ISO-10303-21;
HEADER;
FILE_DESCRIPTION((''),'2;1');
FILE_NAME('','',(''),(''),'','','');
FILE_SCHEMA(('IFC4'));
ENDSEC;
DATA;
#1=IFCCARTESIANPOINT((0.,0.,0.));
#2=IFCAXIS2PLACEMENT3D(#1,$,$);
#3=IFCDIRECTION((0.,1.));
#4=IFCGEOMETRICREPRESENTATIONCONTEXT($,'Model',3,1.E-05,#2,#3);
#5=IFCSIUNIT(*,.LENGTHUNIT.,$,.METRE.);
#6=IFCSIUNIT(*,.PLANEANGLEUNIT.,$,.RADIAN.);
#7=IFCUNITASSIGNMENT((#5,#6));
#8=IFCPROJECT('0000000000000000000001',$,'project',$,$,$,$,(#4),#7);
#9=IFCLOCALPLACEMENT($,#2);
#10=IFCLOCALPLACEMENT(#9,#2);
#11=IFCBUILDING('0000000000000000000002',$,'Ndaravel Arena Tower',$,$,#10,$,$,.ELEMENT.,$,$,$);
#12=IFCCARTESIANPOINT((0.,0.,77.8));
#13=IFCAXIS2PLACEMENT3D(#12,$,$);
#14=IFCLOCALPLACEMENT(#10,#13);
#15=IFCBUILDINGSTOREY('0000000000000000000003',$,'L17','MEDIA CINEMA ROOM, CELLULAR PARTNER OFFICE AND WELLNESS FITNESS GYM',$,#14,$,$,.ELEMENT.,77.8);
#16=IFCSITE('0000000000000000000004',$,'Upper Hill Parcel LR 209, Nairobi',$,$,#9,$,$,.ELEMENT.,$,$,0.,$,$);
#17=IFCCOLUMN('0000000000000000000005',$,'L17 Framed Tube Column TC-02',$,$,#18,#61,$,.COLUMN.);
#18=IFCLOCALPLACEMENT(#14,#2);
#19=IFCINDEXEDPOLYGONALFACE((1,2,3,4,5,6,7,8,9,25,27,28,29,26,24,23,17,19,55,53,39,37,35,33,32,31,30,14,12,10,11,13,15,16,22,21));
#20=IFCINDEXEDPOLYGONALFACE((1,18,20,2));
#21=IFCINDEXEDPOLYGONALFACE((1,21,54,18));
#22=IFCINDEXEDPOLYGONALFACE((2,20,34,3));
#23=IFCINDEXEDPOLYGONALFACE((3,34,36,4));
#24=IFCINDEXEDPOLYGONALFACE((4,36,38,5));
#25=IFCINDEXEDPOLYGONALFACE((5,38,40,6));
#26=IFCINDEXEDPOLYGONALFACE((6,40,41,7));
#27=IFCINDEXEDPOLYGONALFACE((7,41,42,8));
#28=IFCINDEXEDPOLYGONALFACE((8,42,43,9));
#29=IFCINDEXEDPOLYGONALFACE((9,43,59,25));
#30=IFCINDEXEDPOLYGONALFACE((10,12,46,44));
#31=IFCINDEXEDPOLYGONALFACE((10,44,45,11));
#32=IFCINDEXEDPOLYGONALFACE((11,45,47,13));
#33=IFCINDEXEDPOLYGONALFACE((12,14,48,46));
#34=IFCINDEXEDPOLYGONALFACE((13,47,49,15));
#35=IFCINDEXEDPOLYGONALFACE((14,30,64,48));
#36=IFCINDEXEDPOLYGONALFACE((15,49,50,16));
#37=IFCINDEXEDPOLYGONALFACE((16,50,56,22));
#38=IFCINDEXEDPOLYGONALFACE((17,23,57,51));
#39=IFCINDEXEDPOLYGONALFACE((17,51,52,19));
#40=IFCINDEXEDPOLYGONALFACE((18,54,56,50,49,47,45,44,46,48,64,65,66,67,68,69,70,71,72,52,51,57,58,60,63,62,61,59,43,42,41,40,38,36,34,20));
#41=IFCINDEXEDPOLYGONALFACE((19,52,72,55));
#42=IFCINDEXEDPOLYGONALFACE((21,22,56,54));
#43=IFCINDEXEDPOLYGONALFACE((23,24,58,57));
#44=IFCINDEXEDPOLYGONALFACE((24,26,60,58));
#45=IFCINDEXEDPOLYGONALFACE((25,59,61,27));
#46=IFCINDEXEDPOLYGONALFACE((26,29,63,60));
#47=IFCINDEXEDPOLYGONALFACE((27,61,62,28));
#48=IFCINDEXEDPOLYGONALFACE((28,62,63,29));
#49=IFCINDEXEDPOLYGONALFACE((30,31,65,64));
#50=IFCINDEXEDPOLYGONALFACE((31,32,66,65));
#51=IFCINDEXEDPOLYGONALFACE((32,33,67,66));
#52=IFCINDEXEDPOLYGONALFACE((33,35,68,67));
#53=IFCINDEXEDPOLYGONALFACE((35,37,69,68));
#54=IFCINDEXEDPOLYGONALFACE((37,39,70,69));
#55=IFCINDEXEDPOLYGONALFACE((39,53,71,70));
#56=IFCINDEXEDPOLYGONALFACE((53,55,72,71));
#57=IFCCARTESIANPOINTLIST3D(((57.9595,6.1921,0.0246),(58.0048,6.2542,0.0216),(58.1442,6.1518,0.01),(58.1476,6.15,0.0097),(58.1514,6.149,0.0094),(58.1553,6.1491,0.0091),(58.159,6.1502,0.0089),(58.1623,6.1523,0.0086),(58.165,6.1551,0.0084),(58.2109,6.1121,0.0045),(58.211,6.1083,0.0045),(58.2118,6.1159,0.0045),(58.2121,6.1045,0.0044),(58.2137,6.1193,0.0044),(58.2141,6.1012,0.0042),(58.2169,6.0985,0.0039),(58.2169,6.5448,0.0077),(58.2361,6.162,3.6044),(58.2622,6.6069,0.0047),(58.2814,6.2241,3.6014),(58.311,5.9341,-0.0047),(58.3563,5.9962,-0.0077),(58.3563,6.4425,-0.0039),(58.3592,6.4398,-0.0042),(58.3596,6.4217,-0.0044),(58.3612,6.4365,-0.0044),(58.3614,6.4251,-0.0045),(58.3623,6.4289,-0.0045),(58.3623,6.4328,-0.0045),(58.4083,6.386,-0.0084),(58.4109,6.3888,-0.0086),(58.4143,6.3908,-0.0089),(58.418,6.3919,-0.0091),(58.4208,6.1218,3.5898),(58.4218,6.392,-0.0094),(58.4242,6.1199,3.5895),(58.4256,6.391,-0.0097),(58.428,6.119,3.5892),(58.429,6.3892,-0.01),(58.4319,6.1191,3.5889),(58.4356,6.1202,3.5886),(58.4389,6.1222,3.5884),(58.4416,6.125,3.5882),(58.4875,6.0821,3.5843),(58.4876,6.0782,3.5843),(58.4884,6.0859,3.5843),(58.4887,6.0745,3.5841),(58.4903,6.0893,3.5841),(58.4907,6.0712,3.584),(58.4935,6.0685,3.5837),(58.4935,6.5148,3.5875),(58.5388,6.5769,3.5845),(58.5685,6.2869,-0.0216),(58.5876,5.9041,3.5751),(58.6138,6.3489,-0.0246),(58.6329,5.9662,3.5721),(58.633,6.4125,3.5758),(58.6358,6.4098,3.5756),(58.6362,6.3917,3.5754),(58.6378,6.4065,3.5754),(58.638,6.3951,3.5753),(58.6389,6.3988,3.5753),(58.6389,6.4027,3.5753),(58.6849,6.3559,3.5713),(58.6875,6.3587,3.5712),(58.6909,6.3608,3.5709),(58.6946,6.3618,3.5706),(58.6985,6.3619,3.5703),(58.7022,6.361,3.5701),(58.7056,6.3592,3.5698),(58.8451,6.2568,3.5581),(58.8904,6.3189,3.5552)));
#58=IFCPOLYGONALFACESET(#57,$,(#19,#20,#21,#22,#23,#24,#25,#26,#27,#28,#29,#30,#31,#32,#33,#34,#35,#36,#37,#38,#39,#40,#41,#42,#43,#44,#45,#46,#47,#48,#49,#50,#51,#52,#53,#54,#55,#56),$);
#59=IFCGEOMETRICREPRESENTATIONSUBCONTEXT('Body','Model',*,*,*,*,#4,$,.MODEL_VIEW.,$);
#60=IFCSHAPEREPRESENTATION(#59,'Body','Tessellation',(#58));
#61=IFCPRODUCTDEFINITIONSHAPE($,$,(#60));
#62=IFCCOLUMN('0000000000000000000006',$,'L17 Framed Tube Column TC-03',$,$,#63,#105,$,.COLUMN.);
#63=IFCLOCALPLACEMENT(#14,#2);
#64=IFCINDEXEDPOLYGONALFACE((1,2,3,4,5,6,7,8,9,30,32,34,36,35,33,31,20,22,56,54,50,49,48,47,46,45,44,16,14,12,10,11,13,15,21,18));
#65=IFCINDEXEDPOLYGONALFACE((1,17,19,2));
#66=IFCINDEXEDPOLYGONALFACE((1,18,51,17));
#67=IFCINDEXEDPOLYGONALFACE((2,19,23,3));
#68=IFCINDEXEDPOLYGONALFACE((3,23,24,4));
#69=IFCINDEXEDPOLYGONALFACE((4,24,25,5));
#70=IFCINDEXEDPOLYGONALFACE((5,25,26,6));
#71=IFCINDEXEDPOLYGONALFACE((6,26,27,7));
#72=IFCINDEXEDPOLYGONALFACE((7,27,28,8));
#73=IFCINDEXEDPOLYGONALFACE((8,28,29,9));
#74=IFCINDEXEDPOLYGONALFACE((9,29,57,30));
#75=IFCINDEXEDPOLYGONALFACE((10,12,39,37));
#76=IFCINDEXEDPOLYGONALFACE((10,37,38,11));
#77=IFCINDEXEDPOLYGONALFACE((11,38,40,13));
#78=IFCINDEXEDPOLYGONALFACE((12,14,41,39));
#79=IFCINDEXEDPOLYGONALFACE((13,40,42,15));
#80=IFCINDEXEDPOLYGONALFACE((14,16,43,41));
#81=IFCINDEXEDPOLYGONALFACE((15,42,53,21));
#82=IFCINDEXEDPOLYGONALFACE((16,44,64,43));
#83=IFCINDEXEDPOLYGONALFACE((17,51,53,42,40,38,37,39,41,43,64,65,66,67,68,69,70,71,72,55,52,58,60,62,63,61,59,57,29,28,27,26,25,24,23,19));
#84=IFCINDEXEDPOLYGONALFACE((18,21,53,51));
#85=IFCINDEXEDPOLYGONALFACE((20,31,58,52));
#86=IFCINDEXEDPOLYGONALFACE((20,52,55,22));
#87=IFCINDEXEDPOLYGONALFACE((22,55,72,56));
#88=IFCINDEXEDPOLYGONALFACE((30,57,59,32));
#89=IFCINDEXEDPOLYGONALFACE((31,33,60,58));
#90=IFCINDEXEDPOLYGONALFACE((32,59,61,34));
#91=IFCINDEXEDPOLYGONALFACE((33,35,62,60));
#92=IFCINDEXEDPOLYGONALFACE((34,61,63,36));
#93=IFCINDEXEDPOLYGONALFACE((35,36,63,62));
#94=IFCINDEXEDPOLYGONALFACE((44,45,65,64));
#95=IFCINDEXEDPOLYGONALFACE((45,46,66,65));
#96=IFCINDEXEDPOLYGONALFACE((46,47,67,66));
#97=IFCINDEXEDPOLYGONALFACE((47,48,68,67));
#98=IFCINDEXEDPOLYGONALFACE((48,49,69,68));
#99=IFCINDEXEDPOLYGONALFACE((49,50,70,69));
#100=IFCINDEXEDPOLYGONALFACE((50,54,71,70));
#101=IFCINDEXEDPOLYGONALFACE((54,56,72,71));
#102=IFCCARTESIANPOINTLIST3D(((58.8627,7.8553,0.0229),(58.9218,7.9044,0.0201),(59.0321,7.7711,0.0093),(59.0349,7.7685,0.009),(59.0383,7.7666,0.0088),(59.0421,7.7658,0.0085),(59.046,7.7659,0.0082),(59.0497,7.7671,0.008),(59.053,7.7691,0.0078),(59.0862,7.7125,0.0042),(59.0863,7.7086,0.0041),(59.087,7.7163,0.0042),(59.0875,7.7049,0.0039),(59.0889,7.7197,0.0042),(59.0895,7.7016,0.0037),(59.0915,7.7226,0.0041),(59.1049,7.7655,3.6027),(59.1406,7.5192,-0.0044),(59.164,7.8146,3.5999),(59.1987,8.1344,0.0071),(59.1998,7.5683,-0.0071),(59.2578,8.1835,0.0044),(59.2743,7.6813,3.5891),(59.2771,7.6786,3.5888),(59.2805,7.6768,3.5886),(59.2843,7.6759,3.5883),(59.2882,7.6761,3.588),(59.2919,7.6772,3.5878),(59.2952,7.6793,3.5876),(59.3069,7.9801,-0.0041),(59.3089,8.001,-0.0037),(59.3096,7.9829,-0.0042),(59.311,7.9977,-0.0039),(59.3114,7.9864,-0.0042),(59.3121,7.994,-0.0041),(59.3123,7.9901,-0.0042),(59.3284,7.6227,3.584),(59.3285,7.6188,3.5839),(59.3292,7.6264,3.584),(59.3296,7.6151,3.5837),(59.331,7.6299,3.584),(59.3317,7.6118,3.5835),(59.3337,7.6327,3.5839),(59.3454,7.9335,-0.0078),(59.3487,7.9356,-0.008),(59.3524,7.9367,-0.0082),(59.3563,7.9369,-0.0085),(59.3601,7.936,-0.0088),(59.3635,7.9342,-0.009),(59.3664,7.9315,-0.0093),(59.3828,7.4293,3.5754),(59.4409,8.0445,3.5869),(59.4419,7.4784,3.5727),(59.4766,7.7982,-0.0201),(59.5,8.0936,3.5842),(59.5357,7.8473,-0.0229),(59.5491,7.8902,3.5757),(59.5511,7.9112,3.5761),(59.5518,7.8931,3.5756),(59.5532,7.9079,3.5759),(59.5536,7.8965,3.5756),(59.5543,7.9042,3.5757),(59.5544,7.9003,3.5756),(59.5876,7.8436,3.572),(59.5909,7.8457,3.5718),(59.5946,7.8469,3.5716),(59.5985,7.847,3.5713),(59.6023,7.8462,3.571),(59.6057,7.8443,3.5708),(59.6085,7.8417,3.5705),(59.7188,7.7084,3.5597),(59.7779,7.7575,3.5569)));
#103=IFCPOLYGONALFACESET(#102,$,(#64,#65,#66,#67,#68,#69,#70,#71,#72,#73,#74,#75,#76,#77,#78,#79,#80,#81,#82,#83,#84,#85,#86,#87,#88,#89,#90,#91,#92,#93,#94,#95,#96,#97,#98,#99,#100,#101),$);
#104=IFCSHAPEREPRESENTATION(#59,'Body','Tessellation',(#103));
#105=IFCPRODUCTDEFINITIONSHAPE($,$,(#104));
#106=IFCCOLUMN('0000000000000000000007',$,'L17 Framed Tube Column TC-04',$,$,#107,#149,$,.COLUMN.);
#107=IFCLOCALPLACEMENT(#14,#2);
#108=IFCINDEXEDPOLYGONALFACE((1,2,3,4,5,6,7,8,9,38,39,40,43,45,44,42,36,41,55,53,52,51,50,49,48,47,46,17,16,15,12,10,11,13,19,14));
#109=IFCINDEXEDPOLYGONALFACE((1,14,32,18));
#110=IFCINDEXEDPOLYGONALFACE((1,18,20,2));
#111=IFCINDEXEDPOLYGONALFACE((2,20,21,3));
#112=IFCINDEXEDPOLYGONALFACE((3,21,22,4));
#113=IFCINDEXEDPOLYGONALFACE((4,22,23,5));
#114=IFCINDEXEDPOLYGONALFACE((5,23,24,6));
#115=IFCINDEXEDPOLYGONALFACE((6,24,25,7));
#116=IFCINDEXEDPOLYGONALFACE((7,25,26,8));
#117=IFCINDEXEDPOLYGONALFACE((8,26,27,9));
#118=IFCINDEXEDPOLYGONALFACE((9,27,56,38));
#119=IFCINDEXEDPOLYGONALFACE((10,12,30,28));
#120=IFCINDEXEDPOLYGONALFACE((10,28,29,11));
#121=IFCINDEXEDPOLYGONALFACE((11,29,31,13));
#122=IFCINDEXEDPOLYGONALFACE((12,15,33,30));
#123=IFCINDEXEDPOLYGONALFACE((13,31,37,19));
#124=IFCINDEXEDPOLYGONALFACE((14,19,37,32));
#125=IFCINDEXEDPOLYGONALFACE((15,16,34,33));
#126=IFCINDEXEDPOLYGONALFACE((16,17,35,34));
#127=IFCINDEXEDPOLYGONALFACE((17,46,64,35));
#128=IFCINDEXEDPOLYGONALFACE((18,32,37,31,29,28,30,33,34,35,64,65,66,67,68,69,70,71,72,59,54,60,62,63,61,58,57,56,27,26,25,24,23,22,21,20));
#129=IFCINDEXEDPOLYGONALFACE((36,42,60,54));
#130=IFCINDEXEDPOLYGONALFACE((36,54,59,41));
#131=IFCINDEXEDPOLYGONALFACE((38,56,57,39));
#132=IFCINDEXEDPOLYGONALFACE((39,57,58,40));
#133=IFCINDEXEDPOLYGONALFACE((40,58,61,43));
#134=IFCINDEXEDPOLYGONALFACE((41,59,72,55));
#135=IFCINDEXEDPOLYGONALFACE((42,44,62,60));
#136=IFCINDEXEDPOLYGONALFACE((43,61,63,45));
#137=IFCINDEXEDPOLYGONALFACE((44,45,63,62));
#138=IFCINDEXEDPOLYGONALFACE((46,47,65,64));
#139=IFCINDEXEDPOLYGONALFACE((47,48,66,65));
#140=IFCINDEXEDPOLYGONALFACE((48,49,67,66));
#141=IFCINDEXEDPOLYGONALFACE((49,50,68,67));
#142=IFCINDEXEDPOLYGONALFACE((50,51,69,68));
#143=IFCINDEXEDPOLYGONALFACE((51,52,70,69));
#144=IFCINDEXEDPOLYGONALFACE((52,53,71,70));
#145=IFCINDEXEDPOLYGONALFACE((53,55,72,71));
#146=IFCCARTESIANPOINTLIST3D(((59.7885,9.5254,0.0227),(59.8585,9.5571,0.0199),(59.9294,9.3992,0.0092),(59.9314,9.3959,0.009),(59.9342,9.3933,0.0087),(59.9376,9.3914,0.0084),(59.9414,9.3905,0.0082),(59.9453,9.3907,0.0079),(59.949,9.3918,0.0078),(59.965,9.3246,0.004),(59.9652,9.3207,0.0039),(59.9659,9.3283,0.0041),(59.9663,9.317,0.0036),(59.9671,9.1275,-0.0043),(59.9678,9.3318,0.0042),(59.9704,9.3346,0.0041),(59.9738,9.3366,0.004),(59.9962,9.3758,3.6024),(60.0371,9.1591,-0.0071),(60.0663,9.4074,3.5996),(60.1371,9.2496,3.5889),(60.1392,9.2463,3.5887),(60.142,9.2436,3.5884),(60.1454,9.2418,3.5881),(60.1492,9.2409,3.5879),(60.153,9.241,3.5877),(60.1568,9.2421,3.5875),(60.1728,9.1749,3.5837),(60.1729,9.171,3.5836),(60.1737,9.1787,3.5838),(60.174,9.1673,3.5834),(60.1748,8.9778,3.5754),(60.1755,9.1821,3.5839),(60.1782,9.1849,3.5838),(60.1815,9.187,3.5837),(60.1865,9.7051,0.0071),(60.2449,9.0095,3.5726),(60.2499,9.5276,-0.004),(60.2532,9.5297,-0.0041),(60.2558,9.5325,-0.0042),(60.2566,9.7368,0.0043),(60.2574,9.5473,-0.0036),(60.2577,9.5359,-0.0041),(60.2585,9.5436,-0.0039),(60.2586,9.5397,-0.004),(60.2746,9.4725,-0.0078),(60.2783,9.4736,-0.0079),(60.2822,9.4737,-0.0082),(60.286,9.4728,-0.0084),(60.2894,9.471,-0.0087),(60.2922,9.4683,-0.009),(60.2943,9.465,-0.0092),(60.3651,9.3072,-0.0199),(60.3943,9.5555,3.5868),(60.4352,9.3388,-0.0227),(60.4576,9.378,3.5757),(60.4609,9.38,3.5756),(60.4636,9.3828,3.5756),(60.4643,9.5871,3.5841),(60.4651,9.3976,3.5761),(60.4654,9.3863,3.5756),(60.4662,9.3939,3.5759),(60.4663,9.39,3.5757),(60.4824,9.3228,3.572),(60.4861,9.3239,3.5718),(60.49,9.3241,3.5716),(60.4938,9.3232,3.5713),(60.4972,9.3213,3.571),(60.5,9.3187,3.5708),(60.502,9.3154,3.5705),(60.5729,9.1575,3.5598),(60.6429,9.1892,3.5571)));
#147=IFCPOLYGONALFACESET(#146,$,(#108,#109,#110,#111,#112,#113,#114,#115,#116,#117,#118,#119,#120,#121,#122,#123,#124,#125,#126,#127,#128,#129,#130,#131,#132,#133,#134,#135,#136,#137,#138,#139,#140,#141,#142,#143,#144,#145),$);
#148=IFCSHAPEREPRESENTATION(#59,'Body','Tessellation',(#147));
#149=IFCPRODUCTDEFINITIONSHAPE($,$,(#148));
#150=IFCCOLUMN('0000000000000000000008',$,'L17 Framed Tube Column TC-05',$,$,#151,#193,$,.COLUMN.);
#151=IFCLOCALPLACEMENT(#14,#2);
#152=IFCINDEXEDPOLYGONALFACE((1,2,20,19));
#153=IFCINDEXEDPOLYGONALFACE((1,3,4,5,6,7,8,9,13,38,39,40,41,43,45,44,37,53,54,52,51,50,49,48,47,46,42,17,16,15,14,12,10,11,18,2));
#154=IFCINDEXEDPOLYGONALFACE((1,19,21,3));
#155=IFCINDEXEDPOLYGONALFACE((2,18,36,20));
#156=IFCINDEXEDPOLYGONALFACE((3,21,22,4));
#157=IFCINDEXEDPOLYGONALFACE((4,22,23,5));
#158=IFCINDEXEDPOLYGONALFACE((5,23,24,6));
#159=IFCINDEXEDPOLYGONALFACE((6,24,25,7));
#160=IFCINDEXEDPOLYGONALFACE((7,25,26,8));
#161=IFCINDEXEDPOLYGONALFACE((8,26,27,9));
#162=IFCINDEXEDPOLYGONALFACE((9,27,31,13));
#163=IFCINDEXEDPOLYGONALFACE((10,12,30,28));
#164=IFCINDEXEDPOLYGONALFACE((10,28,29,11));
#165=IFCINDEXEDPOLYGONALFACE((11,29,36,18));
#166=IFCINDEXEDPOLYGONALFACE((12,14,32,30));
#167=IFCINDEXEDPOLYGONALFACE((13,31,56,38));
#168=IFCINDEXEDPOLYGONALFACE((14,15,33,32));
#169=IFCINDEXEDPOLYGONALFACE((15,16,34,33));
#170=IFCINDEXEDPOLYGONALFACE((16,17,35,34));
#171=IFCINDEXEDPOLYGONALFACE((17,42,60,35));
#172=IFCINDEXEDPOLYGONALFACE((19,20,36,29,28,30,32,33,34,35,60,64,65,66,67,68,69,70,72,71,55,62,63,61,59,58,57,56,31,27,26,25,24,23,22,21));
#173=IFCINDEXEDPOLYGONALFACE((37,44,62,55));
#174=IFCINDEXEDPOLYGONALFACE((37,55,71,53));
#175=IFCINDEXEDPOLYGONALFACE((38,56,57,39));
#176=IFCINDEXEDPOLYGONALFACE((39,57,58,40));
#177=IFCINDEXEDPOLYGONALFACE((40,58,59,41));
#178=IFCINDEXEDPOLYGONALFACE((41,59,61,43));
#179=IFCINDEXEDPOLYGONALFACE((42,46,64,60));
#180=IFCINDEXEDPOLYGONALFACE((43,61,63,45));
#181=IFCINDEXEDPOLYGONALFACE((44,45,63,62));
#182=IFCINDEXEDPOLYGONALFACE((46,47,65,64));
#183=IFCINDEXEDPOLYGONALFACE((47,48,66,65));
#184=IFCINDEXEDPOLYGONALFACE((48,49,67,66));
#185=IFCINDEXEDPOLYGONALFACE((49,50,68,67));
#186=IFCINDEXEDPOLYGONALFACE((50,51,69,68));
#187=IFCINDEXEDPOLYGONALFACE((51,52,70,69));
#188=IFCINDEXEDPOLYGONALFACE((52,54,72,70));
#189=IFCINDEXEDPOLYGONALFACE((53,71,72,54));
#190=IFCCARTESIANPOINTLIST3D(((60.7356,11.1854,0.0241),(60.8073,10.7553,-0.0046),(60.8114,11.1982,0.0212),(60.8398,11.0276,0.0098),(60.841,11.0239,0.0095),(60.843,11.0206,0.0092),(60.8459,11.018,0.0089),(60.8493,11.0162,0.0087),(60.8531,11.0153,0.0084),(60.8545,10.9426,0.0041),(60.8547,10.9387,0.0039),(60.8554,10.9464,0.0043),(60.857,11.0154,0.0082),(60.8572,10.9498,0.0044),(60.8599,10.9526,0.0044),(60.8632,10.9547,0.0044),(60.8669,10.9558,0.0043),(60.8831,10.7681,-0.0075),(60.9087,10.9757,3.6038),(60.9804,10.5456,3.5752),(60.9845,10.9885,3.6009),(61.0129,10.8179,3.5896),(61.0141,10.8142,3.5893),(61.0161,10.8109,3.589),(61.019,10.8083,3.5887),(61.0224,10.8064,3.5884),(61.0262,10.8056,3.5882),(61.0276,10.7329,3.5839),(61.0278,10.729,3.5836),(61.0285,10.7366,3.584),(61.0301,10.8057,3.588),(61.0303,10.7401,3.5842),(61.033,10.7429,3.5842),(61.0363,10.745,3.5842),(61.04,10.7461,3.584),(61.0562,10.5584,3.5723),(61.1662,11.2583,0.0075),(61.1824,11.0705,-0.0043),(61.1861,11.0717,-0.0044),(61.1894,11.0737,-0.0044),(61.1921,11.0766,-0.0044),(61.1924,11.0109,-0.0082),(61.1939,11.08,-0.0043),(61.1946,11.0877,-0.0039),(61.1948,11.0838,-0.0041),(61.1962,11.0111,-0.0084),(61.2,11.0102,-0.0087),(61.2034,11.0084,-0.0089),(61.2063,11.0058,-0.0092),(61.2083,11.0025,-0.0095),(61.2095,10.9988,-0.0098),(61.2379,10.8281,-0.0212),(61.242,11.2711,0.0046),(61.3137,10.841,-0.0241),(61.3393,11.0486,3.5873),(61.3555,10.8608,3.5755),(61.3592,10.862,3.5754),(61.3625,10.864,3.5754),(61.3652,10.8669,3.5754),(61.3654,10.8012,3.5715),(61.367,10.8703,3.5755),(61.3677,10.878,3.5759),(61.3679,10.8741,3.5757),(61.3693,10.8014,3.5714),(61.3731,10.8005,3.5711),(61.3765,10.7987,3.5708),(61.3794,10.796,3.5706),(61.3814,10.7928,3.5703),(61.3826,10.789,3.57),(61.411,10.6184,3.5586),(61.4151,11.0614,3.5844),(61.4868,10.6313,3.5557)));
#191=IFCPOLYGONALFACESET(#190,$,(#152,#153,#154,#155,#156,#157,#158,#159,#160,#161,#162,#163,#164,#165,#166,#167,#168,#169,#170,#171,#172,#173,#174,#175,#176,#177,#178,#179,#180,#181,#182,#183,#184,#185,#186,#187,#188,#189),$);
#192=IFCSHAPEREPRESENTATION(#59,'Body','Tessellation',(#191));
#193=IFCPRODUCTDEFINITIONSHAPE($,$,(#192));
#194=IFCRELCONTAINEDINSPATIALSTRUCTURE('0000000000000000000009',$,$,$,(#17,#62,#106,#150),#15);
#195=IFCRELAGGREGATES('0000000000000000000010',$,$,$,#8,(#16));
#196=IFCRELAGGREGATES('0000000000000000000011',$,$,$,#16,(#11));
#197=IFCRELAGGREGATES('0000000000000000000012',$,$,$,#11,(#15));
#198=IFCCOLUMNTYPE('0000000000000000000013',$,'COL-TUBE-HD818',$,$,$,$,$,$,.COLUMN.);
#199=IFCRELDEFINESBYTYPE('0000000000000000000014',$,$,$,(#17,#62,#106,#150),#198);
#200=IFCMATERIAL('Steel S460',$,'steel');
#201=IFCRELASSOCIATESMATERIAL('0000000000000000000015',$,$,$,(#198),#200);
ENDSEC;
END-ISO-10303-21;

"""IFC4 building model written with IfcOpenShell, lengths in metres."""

from ifc_helpers import new_model, si_unit, direction, frame, origin, origin_2d, place, context, subcontext, project, spatial, i_section, extrude, material, material_profile, profile_set, type_object, element, save


model = new_model("IFC4")

# Units and contexts
model_context = context("Model", 3, precision=1e-05, world=origin(), true_north=direction((0.0, 1.0)))
body_context = subcontext(model_context, "Body", "Model", "MODEL_VIEW")
ifc_project = project(units=[si_unit("LENGTHUNIT", "METRE"), si_unit("PLANEANGLEUNIT", "RADIAN")], contexts=[model_context])

# Site, building, storey
site_placement = place(None, origin())
site = spatial("IfcSite", under=ifc_project, at=site_placement, Name="Upper Hill Parcel LR 209, Nairobi", CompositionType="ELEMENT", RefElevation=0.0)
building_placement = place(site_placement, origin())
building = spatial("IfcBuilding", under=site, at=building_placement, Name="Ndaravel Arena Tower", CompositionType="ELEMENT")
storey_placement = place(building_placement, frame((0.0, 0.0, 77.8)))
storey = spatial("IfcBuildingStorey", under=building, at=storey_placement, Name="L17", Description="MEDIA CINEMA ROOM, CELLULAR PARTNER OFFICE AND WELLNESS FITNESS GYM", CompositionType="ELEMENT", Elevation=77.8)

# Columns
ifc_material_1 = material(Name="Steel S460", Category="steel")
ifc_material_profile_1 = material_profile(ifc_material_1, i_section(OverallWidth=0.437, OverallDepth=0.5139, WebThickness=0.0605, FlangeThickness=0.0769, FilletRadius=0.0149, at=origin_2d()), Name="HD 400x818")
ifc_profile_set_1 = profile_set([ifc_material_profile_1], Name="Steel S460")
column_type = type_object("IfcColumnType", Name="COL-TUBE-HD818", PredefinedType="COLUMN", material=ifc_profile_set_1)
column_1_placement = place(storey_placement, frame((58.2866, 6.2705, 0.0), z_axis=(0.077037, -0.008363, 0.996993), x_axis=(-0.804414, 0.590266, 0.067108)))
element("IfcColumn", 1, at=column_1_placement, inside=storey, type_object=column_type, Name="L17 Framed Tube Column TC-02", PredefinedType="COLUMN", context=body_context, shape_type="SweptSolid", body=[
    extrude(i_section(OverallWidth=0.437, OverallDepth=0.5139, WebThickness=0.0605, FlangeThickness=0.0769, FilletRadius=0.0149, at=origin_2d()), origin(), (0.0, 0.0, 1.0), 3.5906),
])
column_2_placement = place(storey_placement, frame((59.1992, 7.8513, 0.0), z_axis=(0.067478, -0.025032, 0.997407), x_axis=(-0.635947, 0.769212, 0.062329)))
element("IfcColumn", 2, at=column_2_placement, inside=storey, type_object=column_type, Name="L17 Framed Tube Column TC-03", PredefinedType="COLUMN", context=body_context, shape_type="SweptSolid", body=[
    extrude(i_section(OverallWidth=0.437, OverallDepth=0.5139, WebThickness=0.0605, FlangeThickness=0.0769, FilletRadius=0.0149, at=origin_2d()), origin(), (0.0, 0.0, 1.0), 3.5891),
])
column_3_placement = place(storey_placement, frame((60.1118, 9.4321, 0.0), z_axis=(0.057889, -0.041699, 0.997452), x_axis=(-0.408669, 0.910589, 0.061786)))
element("IfcColumn", 3, at=column_3_placement, inside=storey, type_object=column_type, Name="L17 Framed Tube Column TC-04", PredefinedType="COLUMN", context=body_context, shape_type="SweptSolid", body=[
    extrude(i_section(OverallWidth=0.437, OverallDepth=0.5139, WebThickness=0.0605, FlangeThickness=0.0769, FilletRadius=0.0149, at=origin_2d()), origin(), (0.0, 0.0, 1.0), 3.5889),
])
column_4_placement = place(storey_placement, frame((61.0247, 11.0132, 0.0), z_axis=(0.048214, -0.058415, 0.997127), x_axis=(-0.164076, 0.984264, 0.065595)))
element("IfcColumn", 4, at=column_4_placement, inside=storey, type_object=column_type, Name="L17 Framed Tube Column TC-05", PredefinedType="COLUMN", context=body_context, shape_type="SweptSolid", body=[
    extrude(i_section(OverallWidth=0.437, OverallDepth=0.5139, WebThickness=0.0605, FlangeThickness=0.0769, FilletRadius=0.0149, at=origin_2d()), origin(), (0.0, 0.0, 1.0), 3.5901),
])

save(model, "model.ifc")
